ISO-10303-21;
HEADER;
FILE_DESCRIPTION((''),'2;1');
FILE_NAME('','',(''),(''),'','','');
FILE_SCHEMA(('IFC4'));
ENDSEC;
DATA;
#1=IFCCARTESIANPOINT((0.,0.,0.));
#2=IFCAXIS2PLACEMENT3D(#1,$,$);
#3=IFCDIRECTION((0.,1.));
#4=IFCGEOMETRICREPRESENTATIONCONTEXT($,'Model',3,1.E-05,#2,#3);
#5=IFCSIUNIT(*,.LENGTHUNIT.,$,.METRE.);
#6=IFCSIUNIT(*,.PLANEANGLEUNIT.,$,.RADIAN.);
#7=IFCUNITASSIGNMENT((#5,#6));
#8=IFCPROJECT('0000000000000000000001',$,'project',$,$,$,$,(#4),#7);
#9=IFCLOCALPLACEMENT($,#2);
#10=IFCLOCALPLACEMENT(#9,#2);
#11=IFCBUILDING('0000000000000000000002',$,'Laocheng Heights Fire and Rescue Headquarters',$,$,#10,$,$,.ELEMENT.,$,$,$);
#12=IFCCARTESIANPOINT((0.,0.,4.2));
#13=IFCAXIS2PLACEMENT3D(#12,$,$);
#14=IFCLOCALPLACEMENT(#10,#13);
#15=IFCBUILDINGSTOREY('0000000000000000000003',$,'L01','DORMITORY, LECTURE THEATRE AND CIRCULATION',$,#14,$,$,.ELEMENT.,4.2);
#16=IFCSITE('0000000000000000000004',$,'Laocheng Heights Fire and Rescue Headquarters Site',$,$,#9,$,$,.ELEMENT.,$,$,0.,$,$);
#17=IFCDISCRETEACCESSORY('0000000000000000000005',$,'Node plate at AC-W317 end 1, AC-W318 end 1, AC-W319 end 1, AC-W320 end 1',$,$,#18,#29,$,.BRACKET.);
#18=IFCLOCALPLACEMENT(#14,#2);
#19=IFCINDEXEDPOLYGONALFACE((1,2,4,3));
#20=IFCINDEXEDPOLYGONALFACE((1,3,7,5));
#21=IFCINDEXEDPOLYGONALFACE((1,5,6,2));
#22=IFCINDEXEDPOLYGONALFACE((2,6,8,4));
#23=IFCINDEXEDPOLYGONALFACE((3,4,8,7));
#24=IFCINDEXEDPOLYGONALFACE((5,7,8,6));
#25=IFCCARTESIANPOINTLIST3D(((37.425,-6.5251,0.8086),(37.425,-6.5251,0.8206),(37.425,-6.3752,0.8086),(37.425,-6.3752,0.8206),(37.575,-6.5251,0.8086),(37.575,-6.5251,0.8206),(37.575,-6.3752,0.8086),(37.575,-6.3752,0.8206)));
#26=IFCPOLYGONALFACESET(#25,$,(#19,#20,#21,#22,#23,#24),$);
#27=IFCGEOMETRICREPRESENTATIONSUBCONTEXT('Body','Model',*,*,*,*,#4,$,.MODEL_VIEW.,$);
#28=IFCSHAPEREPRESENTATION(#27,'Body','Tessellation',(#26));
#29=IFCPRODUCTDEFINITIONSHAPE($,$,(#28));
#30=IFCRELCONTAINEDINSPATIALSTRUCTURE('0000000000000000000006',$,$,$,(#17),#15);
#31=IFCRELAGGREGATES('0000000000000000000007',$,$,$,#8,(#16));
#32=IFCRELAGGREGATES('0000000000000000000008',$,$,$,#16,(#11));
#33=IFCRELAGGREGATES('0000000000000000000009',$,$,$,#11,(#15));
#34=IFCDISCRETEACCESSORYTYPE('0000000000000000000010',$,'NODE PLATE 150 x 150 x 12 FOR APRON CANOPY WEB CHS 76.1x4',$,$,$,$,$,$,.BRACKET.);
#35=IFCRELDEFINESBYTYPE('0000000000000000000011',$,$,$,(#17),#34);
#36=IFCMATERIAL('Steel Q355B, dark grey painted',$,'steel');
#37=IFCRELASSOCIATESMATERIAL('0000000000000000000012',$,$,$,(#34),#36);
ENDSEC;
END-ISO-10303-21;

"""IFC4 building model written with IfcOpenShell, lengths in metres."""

from ifc_helpers import new_model, si_unit, direction, frame, origin, origin_2d, place, context, subcontext, project, spatial, rectangle, extrude, material, material_profile, profile_set, type_object, element, save


model = new_model("IFC4")

# Units and contexts
model_context = context("Model", 3, precision=1e-05, world=origin(), true_north=direction((0.0, 1.0)))
body_context = subcontext(model_context, "Body", "Model", "MODEL_VIEW")
ifc_project = project(units=[si_unit("LENGTHUNIT", "METRE"), si_unit("PLANEANGLEUNIT", "RADIAN")], contexts=[model_context])

# Site, building, storey
site_placement = place(None, origin())
site = spatial("IfcSite", under=ifc_project, at=site_placement, Name="Laocheng Heights Fire and Rescue Headquarters Site", CompositionType="ELEMENT", RefElevation=0.0)
building_placement = place(site_placement, origin())
building = spatial("IfcBuilding", under=site, at=building_placement, Name="Laocheng Heights Fire and Rescue Headquarters", CompositionType="ELEMENT")
storey_placement = place(building_placement, frame((0.0, 0.0, 4.2)))
storey = spatial("IfcBuildingStorey", under=building, at=storey_placement, Name="L01", Description="DORMITORY, LECTURE THEATRE AND CIRCULATION", CompositionType="ELEMENT", Elevation=4.2)

# Discrete accessory
ifc_material_1 = material(Name="Steel Q355B, dark grey painted", Category="steel")
ifc_material_profile_1 = material_profile(ifc_material_1, rectangle(XDim=0.1499, YDim=0.1499, at=origin_2d()), Name="NODE PLATE 150 x 150 x 12 FOR APRON CANOPY WEB CHS 76.1x4")
ifc_profile_set_1 = profile_set([ifc_material_profile_1], Name="Steel Q355B, dark grey painted")
discrete_accessory_type = type_object("IfcDiscreteAccessoryType", Name="NODE PLATE 150 x 150 x 12 FOR APRON CANOPY WEB CHS 76.1x4", PredefinedType="BRACKET", material=ifc_profile_set_1)
for number, where, z_axis, x_axis, name in (
    (1, (37.5, -6.4502, 0.8086), (0.0, 0.0, 1.0), (1.0, 0.0, 0.0), "Node plate at AC-W317 end 1, AC-W318 end 1, AC-W319 end 1, AC-W320 end 1"),
):
    element("IfcDiscreteAccessory", number, at=place(storey_placement, frame(where, z_axis=z_axis, x_axis=x_axis)), inside=storey, type_object=discrete_accessory_type, Name=name, PredefinedType="BRACKET", context=body_context, shape_type="SweptSolid", body=[
        extrude(rectangle(XDim=0.1499, YDim=0.1499, at=origin_2d()), origin(), (0.0, 0.0, 1.0), 0.012),
    ])

save(model, "model.ifc")
